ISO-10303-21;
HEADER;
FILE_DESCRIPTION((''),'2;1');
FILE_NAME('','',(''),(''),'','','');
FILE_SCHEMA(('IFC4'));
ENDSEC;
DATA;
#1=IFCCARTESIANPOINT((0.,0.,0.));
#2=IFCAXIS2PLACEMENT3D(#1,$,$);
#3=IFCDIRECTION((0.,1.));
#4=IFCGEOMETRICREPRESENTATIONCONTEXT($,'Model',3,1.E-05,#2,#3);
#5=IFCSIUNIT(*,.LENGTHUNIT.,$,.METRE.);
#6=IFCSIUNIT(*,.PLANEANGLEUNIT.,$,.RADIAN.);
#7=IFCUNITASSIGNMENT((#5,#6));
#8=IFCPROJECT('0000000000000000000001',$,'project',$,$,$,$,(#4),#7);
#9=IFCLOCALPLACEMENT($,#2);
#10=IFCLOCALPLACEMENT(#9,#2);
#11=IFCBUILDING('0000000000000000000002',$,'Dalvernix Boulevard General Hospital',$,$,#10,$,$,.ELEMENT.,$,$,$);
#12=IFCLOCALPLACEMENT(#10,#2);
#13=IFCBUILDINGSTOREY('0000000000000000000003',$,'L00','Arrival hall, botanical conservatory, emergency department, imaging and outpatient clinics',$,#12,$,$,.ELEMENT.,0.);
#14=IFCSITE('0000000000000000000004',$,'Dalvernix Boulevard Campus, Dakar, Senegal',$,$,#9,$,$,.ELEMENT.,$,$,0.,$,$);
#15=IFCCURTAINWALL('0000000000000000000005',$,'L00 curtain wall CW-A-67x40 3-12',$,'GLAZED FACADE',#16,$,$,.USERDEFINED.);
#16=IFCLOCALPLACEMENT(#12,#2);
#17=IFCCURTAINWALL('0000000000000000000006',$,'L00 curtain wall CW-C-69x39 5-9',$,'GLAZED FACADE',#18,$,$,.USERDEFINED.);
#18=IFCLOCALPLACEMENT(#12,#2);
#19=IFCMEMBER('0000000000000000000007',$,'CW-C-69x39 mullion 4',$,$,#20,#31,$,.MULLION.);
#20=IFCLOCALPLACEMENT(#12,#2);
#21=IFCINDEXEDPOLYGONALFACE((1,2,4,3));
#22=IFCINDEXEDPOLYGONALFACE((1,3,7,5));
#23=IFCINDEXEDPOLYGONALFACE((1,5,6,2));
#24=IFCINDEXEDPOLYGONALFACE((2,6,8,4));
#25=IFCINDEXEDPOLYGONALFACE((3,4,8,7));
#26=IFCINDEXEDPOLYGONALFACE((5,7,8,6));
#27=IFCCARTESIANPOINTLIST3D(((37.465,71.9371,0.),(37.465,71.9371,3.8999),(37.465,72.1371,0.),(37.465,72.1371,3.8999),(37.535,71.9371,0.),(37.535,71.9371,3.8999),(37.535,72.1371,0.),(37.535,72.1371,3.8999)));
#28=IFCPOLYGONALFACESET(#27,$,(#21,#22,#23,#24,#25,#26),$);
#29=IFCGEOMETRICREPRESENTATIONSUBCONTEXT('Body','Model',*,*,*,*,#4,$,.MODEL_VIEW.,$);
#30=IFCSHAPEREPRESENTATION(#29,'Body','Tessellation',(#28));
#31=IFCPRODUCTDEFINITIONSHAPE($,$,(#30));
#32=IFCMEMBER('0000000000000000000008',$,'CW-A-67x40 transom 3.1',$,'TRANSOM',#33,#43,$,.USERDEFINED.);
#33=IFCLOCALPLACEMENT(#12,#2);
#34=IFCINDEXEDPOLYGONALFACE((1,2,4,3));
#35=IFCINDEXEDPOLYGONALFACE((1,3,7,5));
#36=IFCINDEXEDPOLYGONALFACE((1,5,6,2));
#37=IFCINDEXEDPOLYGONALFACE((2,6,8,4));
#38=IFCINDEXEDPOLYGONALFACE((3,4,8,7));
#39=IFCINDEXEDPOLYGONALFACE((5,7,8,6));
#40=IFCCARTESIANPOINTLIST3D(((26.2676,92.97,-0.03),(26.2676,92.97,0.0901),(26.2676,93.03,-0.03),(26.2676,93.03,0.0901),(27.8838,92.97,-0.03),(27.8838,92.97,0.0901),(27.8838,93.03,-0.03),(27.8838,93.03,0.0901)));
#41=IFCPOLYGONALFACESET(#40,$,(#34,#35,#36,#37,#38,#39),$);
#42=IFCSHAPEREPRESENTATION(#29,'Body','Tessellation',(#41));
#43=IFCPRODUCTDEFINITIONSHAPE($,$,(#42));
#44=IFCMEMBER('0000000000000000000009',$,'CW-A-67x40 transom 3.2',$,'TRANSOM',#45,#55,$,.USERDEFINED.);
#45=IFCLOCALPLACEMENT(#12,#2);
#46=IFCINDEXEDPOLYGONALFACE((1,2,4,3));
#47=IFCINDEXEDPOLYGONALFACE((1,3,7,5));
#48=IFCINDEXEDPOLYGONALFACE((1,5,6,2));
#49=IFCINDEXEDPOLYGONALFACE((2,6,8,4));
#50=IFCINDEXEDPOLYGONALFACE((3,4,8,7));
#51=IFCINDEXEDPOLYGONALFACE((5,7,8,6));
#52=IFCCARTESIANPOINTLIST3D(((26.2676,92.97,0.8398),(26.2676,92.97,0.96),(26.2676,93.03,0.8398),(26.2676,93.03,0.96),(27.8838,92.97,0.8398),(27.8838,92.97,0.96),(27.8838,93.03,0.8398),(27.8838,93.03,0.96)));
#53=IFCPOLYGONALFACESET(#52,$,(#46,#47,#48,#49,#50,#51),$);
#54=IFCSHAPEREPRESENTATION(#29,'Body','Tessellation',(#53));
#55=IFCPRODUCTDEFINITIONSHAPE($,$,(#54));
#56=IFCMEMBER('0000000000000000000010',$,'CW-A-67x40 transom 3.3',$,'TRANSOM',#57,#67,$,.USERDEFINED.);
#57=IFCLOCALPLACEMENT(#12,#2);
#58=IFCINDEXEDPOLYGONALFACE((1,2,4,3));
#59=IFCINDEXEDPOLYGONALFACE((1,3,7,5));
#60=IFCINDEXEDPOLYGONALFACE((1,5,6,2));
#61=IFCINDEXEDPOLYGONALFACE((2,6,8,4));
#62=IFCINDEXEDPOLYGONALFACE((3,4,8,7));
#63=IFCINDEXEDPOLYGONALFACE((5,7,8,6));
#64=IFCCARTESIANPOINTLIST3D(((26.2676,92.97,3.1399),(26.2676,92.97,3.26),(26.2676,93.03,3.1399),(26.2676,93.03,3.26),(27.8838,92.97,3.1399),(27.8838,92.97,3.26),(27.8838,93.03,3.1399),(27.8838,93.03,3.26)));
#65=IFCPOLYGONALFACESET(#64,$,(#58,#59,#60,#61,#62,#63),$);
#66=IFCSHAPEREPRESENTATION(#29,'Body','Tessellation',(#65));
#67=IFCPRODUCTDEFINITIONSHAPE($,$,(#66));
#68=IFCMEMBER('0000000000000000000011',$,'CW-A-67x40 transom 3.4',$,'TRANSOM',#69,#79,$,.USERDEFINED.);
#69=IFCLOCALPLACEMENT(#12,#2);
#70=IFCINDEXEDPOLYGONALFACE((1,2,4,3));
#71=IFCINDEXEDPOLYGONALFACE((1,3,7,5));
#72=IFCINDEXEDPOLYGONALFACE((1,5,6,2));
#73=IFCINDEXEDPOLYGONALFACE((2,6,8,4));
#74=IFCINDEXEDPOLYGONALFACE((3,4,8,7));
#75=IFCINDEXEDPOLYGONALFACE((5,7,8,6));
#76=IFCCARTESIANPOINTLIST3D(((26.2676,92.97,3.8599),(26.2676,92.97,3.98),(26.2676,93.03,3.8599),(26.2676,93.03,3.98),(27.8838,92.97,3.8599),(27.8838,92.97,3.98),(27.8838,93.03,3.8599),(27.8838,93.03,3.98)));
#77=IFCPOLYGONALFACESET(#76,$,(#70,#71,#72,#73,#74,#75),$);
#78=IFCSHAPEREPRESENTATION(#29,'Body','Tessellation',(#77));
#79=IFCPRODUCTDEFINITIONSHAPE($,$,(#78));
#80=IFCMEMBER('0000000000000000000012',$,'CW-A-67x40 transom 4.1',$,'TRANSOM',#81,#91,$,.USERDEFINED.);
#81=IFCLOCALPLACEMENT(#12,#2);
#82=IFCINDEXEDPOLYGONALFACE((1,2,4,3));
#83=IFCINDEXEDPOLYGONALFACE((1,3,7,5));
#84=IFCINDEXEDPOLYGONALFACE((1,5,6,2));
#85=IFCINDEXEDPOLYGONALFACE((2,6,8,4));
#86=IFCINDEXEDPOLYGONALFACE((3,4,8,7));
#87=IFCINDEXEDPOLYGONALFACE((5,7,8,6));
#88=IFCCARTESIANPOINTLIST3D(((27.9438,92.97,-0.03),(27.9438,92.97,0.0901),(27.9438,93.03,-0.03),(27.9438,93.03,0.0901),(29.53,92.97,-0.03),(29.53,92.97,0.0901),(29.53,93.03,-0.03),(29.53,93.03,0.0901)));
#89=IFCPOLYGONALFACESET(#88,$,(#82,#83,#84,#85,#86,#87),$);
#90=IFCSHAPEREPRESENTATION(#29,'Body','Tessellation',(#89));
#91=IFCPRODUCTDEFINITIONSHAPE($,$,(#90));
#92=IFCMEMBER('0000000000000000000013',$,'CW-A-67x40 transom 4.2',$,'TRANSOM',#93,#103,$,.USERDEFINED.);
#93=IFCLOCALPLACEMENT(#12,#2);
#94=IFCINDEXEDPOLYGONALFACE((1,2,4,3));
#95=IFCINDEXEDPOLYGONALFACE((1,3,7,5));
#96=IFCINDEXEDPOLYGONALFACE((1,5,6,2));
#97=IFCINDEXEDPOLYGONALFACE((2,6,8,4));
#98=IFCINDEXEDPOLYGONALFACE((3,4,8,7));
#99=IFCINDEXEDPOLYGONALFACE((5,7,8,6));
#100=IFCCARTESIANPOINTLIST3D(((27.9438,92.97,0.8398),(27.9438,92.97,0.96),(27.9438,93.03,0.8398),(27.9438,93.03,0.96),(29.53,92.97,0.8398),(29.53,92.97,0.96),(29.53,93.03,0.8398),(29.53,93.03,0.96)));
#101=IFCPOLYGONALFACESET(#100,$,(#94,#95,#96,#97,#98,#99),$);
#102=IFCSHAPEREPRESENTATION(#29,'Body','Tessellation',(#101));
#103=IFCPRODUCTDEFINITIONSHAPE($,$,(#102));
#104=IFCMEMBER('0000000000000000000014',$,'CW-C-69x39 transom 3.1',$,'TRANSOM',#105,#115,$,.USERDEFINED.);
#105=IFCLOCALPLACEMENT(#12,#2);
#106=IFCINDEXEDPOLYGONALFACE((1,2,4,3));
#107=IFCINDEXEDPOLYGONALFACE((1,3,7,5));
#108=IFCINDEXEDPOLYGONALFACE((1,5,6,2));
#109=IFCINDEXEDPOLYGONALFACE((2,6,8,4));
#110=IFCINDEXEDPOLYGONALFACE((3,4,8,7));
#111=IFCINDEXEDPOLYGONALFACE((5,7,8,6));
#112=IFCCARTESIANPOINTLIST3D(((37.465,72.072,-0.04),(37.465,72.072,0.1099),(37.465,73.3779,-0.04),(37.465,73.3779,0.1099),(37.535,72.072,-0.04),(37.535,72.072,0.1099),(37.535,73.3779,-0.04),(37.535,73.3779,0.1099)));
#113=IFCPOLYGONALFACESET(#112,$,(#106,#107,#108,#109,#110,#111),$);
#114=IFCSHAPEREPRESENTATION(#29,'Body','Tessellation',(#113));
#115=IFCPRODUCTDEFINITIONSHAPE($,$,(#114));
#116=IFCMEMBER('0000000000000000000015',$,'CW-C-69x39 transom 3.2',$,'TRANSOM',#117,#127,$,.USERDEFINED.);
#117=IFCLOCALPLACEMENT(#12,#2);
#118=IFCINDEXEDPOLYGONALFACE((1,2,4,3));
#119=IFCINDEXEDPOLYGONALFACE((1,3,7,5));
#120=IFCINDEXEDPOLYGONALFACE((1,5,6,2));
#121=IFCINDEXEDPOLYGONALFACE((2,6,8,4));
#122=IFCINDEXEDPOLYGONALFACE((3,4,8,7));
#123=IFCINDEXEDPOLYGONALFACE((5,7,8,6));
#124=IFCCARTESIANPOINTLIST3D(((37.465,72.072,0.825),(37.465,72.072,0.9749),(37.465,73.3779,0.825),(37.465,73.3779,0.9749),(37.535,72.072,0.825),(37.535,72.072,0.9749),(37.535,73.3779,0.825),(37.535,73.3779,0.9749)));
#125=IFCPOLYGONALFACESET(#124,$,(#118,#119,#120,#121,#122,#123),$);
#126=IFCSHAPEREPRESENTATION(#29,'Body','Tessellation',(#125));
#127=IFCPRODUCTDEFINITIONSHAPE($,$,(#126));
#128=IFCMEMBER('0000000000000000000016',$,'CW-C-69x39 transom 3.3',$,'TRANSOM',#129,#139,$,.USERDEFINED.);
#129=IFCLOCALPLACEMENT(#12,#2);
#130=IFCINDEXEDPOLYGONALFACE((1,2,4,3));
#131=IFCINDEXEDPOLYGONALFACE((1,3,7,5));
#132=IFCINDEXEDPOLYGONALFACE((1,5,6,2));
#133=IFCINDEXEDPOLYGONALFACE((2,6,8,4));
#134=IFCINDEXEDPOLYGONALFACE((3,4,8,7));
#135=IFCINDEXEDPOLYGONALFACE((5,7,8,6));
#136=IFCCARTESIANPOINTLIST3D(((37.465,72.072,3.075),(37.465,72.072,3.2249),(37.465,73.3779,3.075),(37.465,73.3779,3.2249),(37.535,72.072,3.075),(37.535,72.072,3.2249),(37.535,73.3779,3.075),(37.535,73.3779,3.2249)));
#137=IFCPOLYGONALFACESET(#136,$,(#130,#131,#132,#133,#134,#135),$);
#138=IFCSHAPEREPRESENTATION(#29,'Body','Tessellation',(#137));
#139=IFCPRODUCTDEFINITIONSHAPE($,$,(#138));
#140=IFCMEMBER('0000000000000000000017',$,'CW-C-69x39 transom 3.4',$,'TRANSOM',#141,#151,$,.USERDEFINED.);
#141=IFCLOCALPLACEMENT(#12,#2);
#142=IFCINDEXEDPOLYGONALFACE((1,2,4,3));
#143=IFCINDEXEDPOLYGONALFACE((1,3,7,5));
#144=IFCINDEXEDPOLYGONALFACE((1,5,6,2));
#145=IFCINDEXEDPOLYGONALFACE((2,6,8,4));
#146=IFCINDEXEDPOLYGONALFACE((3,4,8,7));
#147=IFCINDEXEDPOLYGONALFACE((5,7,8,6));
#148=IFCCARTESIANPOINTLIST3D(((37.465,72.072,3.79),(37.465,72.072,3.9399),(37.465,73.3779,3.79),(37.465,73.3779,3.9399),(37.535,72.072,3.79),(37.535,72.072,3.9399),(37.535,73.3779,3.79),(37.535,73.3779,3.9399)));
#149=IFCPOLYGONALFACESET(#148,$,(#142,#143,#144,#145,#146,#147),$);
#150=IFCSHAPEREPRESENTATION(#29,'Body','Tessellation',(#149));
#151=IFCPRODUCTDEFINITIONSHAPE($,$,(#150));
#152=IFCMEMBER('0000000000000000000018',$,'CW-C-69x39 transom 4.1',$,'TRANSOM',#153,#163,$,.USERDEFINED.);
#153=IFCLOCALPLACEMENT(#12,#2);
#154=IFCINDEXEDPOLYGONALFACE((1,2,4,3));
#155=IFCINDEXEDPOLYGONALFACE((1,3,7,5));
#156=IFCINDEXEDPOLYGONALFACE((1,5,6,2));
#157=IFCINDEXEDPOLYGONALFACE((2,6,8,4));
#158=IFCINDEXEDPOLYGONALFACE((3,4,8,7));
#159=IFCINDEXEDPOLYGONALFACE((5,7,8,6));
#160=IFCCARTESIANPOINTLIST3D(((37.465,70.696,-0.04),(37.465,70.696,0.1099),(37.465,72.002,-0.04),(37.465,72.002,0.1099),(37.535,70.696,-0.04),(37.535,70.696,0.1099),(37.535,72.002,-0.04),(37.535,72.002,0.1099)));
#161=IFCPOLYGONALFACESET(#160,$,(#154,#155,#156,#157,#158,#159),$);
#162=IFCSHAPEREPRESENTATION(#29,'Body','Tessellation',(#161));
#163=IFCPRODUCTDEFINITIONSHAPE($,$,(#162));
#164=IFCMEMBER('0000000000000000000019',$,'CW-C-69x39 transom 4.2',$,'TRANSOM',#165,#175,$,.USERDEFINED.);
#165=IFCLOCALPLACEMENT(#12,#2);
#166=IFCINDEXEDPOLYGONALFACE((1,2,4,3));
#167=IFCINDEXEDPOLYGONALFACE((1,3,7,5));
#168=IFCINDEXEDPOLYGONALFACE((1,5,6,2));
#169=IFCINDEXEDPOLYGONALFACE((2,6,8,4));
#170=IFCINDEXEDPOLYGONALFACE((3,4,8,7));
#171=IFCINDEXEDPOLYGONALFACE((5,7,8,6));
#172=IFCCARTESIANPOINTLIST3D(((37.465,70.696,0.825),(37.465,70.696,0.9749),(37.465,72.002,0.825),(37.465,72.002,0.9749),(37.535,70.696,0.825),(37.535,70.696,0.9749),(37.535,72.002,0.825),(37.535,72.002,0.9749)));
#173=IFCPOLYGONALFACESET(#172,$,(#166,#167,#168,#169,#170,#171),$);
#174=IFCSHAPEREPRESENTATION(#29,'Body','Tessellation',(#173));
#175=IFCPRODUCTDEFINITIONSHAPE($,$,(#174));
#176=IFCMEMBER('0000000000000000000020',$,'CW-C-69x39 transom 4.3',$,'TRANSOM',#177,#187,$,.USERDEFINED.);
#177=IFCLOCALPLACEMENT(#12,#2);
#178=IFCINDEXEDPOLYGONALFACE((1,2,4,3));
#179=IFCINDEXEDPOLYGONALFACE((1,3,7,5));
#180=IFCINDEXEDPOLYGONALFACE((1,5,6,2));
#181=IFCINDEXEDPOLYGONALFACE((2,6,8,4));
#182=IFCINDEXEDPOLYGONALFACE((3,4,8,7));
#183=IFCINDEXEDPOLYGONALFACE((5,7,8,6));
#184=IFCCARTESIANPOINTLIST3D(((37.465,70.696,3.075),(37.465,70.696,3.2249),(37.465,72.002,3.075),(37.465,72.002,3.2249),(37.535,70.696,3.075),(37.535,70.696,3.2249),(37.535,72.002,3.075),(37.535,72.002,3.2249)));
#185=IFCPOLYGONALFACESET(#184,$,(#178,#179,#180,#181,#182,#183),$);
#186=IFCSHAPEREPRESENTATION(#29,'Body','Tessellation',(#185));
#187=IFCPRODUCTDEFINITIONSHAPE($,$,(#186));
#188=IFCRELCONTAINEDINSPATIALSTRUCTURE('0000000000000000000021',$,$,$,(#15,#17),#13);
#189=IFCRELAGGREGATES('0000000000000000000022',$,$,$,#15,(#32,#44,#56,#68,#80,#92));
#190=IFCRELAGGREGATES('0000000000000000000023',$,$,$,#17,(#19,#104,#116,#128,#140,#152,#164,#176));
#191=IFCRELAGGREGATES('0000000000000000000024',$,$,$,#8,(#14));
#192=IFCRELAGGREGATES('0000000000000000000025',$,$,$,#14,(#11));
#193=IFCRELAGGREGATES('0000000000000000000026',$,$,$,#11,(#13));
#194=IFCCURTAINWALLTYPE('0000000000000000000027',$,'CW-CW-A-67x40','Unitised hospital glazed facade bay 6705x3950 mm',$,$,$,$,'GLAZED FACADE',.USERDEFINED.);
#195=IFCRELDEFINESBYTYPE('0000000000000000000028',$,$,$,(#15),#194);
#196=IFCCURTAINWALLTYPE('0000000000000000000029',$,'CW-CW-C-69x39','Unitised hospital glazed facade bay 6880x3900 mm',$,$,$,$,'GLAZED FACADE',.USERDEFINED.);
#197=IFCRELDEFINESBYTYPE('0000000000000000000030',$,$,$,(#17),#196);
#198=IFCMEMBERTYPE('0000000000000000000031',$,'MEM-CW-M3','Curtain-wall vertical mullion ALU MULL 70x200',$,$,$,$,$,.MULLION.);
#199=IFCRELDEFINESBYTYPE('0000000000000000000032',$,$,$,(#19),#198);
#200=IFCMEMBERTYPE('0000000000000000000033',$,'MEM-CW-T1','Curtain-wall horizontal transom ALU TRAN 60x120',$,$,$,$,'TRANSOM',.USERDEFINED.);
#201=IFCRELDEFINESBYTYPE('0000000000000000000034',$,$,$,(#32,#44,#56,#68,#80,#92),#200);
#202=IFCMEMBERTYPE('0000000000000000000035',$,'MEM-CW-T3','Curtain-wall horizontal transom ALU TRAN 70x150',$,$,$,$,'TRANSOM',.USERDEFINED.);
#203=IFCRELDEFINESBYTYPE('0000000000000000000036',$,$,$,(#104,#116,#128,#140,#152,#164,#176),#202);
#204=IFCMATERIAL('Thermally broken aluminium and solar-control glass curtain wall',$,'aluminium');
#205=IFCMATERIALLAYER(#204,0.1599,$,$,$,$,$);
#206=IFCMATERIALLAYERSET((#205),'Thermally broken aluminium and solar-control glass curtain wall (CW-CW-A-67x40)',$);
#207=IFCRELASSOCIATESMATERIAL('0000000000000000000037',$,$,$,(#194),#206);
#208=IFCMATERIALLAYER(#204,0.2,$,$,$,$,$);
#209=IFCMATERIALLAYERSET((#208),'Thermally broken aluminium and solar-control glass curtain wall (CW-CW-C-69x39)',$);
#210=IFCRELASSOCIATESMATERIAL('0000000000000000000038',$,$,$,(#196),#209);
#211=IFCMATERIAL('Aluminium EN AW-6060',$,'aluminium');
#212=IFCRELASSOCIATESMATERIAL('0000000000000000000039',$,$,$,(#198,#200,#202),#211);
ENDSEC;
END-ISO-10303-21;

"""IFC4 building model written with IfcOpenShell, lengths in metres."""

from ifc_helpers import new_model, si_unit, direction, frame, origin, origin_2d, place, context, subcontext, project, spatial, rectangle, extrude, material, layer, layer_set, material_profile, profile_set, type_object, element, aggregate, save


model = new_model("IFC4")

# Units and contexts
model_context = context("Model", 3, precision=1e-05, world=origin(), true_north=direction((0.0, 1.0)))
body_context = subcontext(model_context, "Body", "Model", "MODEL_VIEW")
ifc_project = project(units=[si_unit("LENGTHUNIT", "METRE"), si_unit("PLANEANGLEUNIT", "RADIAN")], contexts=[model_context])

# Site, building, storey
site_placement = place(None, origin())
site = spatial("IfcSite", under=ifc_project, at=site_placement, Name="Dalvernix Boulevard Campus, Dakar, Senegal", CompositionType="ELEMENT", RefElevation=0.0)
building_placement = place(site_placement, origin())
building = spatial("IfcBuilding", under=site, at=building_placement, Name="Dalvernix Boulevard General Hospital", CompositionType="ELEMENT")
storey_placement = place(building_placement, origin())
storey = spatial("IfcBuildingStorey", under=building, at=storey_placement, Name="L00", Description="Arrival hall, botanical conservatory, emergency department, imaging and outpatient clinics", CompositionType="ELEMENT", Elevation=0.0)

# Curtain wall
ifc_material_1 = material(Name="Thermally broken aluminium and solar-control glass curtain wall", Category="aluminium")
ifc_layer_1 = layer(ifc_material_1, 0.1599)
ifc_layer_set_1 = layer_set([ifc_layer_1], Name="Thermally broken aluminium and solar-control glass curtain wall (CW-CW-A-67x40)")
curtain_wall_type_1 = type_object("IfcCurtainWallType", Name="CW-CW-A-67x40", Description="Unitised hospital glazed facade bay 6705x3950 mm", ElementType="GLAZED FACADE", PredefinedType="USERDEFINED", material=ifc_layer_set_1)
curtain_wall_1_placement = place(storey_placement, origin())
curtain_wall_1 = element("IfcCurtainWall", 1, at=curtain_wall_1_placement, inside=storey, type_object=curtain_wall_type_1, Name="L00 curtain wall CW-A-67x40 3-12", ObjectType="GLAZED FACADE", PredefinedType="USERDEFINED")
ifc_material_2 = material(Name="Aluminium EN AW-6060", Category="aluminium")

# Curtain wall, member
ifc_layer_2 = layer(ifc_material_1, 0.2)
ifc_layer_set_2 = layer_set([ifc_layer_2], Name="Thermally broken aluminium and solar-control glass curtain wall (CW-CW-C-69x39)")
curtain_wall_type_2 = type_object("IfcCurtainWallType", Name="CW-CW-C-69x39", Description="Unitised hospital glazed facade bay 6880x3900 mm", ElementType="GLAZED FACADE", PredefinedType="USERDEFINED", material=ifc_layer_set_2)
curtain_wall_2_placement = place(storey_placement, origin())
curtain_wall_2 = element("IfcCurtainWall", 2, at=curtain_wall_2_placement, inside=storey, type_object=curtain_wall_type_2, Name="L00 curtain wall CW-C-69x39 5-9", ObjectType="GLAZED FACADE", PredefinedType="USERDEFINED")
ifc_material_profile_1 = material_profile(ifc_material_2, rectangle(XDim=0.0701, YDim=0.2, at=origin_2d()), Name="ALU MULL 70x200")
ifc_profile_set_1 = profile_set([ifc_material_profile_1], Name="Aluminium EN AW-6060")
member_type_1 = type_object("IfcMemberType", Name="MEM-CW-M3", Description="Curtain-wall vertical mullion ALU MULL 70x200", PredefinedType="MULLION", material=ifc_profile_set_1)
member_1_placement = place(storey_placement, frame((37.5, 72.0371, 0.0), z_axis=(0.0, 0.0, 1.0), x_axis=(1.0, 0.0, 0.0)))
member_1 = element("IfcMember", 3, at=member_1_placement, type_object=member_type_1, Name="CW-C-69x39 mullion 4", PredefinedType="MULLION", context=body_context, shape_type="SweptSolid", body=[
    extrude(rectangle(XDim=0.0701, YDim=0.2, at=origin_2d()), origin(), (0.0, 0.0, 1.0), 3.8999),
])

# Members
ifc_material_profile_2 = material_profile(ifc_material_2, rectangle(XDim=0.0601, YDim=0.1201, at=origin_2d()), Name="ALU TRAN 60x120")
ifc_profile_set_2 = profile_set([ifc_material_profile_2], Name="Aluminium EN AW-6060")
member_type_2 = type_object("IfcMemberType", Name="MEM-CW-T1", Description="Curtain-wall horizontal transom ALU TRAN 60x120", ElementType="TRANSOM", PredefinedType="USERDEFINED", material=ifc_profile_set_2)
member_2_placement = place(storey_placement, frame((26.2676, 93.0, 0.03), z_axis=(1.0, 0.0, 0.0), x_axis=(0.0, 1.0, 0.0)))
member_2 = element("IfcMember", 4, at=member_2_placement, type_object=member_type_2, Name="CW-A-67x40 transom 3.1", ObjectType="TRANSOM", PredefinedType="USERDEFINED", context=body_context, shape_type="SweptSolid", body=[
    extrude(rectangle(XDim=0.0601, YDim=0.1201, at=origin_2d()), origin(), (0.0, 0.0, 1.0), 1.6162),
])
member_3_placement = place(storey_placement, frame((26.2676, 93.0, 0.8999), z_axis=(1.0, 0.0, 0.0), x_axis=(0.0, 1.0, 0.0)))
member_3 = element("IfcMember", 5, at=member_3_placement, type_object=member_type_2, Name="CW-A-67x40 transom 3.2", ObjectType="TRANSOM", PredefinedType="USERDEFINED", context=body_context, shape_type="SweptSolid", body=[
    extrude(rectangle(XDim=0.0601, YDim=0.1201, at=origin_2d()), origin(), (0.0, 0.0, 1.0), 1.6162),
])
member_4_placement = place(storey_placement, frame((26.2676, 93.0, 3.2), z_axis=(1.0, 0.0, 0.0), x_axis=(0.0, 1.0, 0.0)))
member_4 = element("IfcMember", 6, at=member_4_placement, type_object=member_type_2, Name="CW-A-67x40 transom 3.3", ObjectType="TRANSOM", PredefinedType="USERDEFINED", context=body_context, shape_type="SweptSolid", body=[
    extrude(rectangle(XDim=0.0601, YDim=0.1201, at=origin_2d()), origin(), (0.0, 0.0, 1.0), 1.6162),
])
member_5_placement = place(storey_placement, frame((26.2676, 93.0, 3.9199), z_axis=(1.0, 0.0, 0.0), x_axis=(0.0, 1.0, 0.0)))
member_5 = element("IfcMember", 7, at=member_5_placement, type_object=member_type_2, Name="CW-A-67x40 transom 3.4", ObjectType="TRANSOM", PredefinedType="USERDEFINED", context=body_context, shape_type="SweptSolid", body=[
    extrude(rectangle(XDim=0.0601, YDim=0.1201, at=origin_2d()), origin(), (0.0, 0.0, 1.0), 1.6162),
])
member_6_placement = place(storey_placement, frame((27.9438, 93.0, 0.03), z_axis=(1.0, 0.0, 0.0), x_axis=(0.0, 1.0, 0.0)))
member_6 = element("IfcMember", 8, at=member_6_placement, type_object=member_type_2, Name="CW-A-67x40 transom 4.1", ObjectType="TRANSOM", PredefinedType="USERDEFINED", context=body_context, shape_type="SweptSolid", body=[
    extrude(rectangle(XDim=0.0601, YDim=0.1201, at=origin_2d()), origin(), (0.0, 0.0, 1.0), 1.5862),
])
member_7_placement = place(storey_placement, frame((27.9438, 93.0, 0.8999), z_axis=(1.0, 0.0, 0.0), x_axis=(0.0, 1.0, 0.0)))
member_7 = element("IfcMember", 9, at=member_7_placement, type_object=member_type_2, Name="CW-A-67x40 transom 4.2", ObjectType="TRANSOM", PredefinedType="USERDEFINED", context=body_context, shape_type="SweptSolid", body=[
    extrude(rectangle(XDim=0.0601, YDim=0.1201, at=origin_2d()), origin(), (0.0, 0.0, 1.0), 1.5862),
])
ifc_material_profile_3 = material_profile(ifc_material_2, rectangle(XDim=0.0701, YDim=0.1499, at=origin_2d()), Name="ALU TRAN 70x150")
ifc_profile_set_3 = profile_set([ifc_material_profile_3], Name="Aluminium EN AW-6060")
member_type_3 = type_object("IfcMemberType", Name="MEM-CW-T3", Description="Curtain-wall horizontal transom ALU TRAN 70x150", ElementType="TRANSOM", PredefinedType="USERDEFINED", material=ifc_profile_set_3)
member_8_placement = place(storey_placement, frame((37.5, 73.3779, 0.0349), z_axis=(0.0, -1.0, 0.0), x_axis=(1.0, 0.0, 0.0)))
member_8 = element("IfcMember", 10, at=member_8_placement, type_object=member_type_3, Name="CW-C-69x39 transom 3.1", ObjectType="TRANSOM", PredefinedType="USERDEFINED", context=body_context, shape_type="SweptSolid", body=[
    extrude(rectangle(XDim=0.0701, YDim=0.1499, at=origin_2d()), origin(), (0.0, 0.0, 1.0), 1.3059),
])
member_9_placement = place(storey_placement, frame((37.5, 73.3779, 0.8999), z_axis=(0.0, -1.0, 0.0), x_axis=(1.0, 0.0, 0.0)))
member_9 = element("IfcMember", 11, at=member_9_placement, type_object=member_type_3, Name="CW-C-69x39 transom 3.2", ObjectType="TRANSOM", PredefinedType="USERDEFINED", context=body_context, shape_type="SweptSolid", body=[
    extrude(rectangle(XDim=0.0701, YDim=0.1499, at=origin_2d()), origin(), (0.0, 0.0, 1.0), 1.3059),
])
member_10_placement = place(storey_placement, frame((37.5, 73.3779, 3.1499), z_axis=(0.0, -1.0, 0.0), x_axis=(1.0, 0.0, 0.0)))
member_10 = element("IfcMember", 12, at=member_10_placement, type_object=member_type_3, Name="CW-C-69x39 transom 3.3", ObjectType="TRANSOM", PredefinedType="USERDEFINED", context=body_context, shape_type="SweptSolid", body=[
    extrude(rectangle(XDim=0.0701, YDim=0.1499, at=origin_2d()), origin(), (0.0, 0.0, 1.0), 1.3059),
])
member_11_placement = place(storey_placement, frame((37.5, 73.3779, 3.865), z_axis=(0.0, -1.0, 0.0), x_axis=(1.0, 0.0, 0.0)))
member_11 = element("IfcMember", 13, at=member_11_placement, type_object=member_type_3, Name="CW-C-69x39 transom 3.4", ObjectType="TRANSOM", PredefinedType="USERDEFINED", context=body_context, shape_type="SweptSolid", body=[
    extrude(rectangle(XDim=0.0701, YDim=0.1499, at=origin_2d()), origin(), (0.0, 0.0, 1.0), 1.3059),
])
member_12_placement = place(storey_placement, frame((37.5, 72.002, 0.0349), z_axis=(0.0, -1.0, 0.0), x_axis=(1.0, 0.0, 0.0)))
member_12 = element("IfcMember", 14, at=member_12_placement, type_object=member_type_3, Name="CW-C-69x39 transom 4.1", ObjectType="TRANSOM", PredefinedType="USERDEFINED", context=body_context, shape_type="SweptSolid", body=[
    extrude(rectangle(XDim=0.0701, YDim=0.1499, at=origin_2d()), origin(), (0.0, 0.0, 1.0), 1.3059),
])
member_13_placement = place(storey_placement, frame((37.5, 72.002, 0.8999), z_axis=(0.0, -1.0, 0.0), x_axis=(1.0, 0.0, 0.0)))
member_13 = element("IfcMember", 15, at=member_13_placement, type_object=member_type_3, Name="CW-C-69x39 transom 4.2", ObjectType="TRANSOM", PredefinedType="USERDEFINED", context=body_context, shape_type="SweptSolid", body=[
    extrude(rectangle(XDim=0.0701, YDim=0.1499, at=origin_2d()), origin(), (0.0, 0.0, 1.0), 1.3059),
])
member_14_placement = place(storey_placement, frame((37.5, 72.002, 3.1499), z_axis=(0.0, -1.0, 0.0), x_axis=(1.0, 0.0, 0.0)))
member_14 = element("IfcMember", 16, at=member_14_placement, type_object=member_type_3, Name="CW-C-69x39 transom 4.3", ObjectType="TRANSOM", PredefinedType="USERDEFINED", context=body_context, shape_type="SweptSolid", body=[
    extrude(rectangle(XDim=0.0701, YDim=0.1499, at=origin_2d()), origin(), (0.0, 0.0, 1.0), 1.3059),
])

aggregate(curtain_wall_1, [member_2, member_3, member_4, member_5, member_6, member_7])
aggregate(curtain_wall_2, [member_1, member_8, member_9, member_10, member_11, member_12, member_13, member_14])

save(model, "model.ifc")
